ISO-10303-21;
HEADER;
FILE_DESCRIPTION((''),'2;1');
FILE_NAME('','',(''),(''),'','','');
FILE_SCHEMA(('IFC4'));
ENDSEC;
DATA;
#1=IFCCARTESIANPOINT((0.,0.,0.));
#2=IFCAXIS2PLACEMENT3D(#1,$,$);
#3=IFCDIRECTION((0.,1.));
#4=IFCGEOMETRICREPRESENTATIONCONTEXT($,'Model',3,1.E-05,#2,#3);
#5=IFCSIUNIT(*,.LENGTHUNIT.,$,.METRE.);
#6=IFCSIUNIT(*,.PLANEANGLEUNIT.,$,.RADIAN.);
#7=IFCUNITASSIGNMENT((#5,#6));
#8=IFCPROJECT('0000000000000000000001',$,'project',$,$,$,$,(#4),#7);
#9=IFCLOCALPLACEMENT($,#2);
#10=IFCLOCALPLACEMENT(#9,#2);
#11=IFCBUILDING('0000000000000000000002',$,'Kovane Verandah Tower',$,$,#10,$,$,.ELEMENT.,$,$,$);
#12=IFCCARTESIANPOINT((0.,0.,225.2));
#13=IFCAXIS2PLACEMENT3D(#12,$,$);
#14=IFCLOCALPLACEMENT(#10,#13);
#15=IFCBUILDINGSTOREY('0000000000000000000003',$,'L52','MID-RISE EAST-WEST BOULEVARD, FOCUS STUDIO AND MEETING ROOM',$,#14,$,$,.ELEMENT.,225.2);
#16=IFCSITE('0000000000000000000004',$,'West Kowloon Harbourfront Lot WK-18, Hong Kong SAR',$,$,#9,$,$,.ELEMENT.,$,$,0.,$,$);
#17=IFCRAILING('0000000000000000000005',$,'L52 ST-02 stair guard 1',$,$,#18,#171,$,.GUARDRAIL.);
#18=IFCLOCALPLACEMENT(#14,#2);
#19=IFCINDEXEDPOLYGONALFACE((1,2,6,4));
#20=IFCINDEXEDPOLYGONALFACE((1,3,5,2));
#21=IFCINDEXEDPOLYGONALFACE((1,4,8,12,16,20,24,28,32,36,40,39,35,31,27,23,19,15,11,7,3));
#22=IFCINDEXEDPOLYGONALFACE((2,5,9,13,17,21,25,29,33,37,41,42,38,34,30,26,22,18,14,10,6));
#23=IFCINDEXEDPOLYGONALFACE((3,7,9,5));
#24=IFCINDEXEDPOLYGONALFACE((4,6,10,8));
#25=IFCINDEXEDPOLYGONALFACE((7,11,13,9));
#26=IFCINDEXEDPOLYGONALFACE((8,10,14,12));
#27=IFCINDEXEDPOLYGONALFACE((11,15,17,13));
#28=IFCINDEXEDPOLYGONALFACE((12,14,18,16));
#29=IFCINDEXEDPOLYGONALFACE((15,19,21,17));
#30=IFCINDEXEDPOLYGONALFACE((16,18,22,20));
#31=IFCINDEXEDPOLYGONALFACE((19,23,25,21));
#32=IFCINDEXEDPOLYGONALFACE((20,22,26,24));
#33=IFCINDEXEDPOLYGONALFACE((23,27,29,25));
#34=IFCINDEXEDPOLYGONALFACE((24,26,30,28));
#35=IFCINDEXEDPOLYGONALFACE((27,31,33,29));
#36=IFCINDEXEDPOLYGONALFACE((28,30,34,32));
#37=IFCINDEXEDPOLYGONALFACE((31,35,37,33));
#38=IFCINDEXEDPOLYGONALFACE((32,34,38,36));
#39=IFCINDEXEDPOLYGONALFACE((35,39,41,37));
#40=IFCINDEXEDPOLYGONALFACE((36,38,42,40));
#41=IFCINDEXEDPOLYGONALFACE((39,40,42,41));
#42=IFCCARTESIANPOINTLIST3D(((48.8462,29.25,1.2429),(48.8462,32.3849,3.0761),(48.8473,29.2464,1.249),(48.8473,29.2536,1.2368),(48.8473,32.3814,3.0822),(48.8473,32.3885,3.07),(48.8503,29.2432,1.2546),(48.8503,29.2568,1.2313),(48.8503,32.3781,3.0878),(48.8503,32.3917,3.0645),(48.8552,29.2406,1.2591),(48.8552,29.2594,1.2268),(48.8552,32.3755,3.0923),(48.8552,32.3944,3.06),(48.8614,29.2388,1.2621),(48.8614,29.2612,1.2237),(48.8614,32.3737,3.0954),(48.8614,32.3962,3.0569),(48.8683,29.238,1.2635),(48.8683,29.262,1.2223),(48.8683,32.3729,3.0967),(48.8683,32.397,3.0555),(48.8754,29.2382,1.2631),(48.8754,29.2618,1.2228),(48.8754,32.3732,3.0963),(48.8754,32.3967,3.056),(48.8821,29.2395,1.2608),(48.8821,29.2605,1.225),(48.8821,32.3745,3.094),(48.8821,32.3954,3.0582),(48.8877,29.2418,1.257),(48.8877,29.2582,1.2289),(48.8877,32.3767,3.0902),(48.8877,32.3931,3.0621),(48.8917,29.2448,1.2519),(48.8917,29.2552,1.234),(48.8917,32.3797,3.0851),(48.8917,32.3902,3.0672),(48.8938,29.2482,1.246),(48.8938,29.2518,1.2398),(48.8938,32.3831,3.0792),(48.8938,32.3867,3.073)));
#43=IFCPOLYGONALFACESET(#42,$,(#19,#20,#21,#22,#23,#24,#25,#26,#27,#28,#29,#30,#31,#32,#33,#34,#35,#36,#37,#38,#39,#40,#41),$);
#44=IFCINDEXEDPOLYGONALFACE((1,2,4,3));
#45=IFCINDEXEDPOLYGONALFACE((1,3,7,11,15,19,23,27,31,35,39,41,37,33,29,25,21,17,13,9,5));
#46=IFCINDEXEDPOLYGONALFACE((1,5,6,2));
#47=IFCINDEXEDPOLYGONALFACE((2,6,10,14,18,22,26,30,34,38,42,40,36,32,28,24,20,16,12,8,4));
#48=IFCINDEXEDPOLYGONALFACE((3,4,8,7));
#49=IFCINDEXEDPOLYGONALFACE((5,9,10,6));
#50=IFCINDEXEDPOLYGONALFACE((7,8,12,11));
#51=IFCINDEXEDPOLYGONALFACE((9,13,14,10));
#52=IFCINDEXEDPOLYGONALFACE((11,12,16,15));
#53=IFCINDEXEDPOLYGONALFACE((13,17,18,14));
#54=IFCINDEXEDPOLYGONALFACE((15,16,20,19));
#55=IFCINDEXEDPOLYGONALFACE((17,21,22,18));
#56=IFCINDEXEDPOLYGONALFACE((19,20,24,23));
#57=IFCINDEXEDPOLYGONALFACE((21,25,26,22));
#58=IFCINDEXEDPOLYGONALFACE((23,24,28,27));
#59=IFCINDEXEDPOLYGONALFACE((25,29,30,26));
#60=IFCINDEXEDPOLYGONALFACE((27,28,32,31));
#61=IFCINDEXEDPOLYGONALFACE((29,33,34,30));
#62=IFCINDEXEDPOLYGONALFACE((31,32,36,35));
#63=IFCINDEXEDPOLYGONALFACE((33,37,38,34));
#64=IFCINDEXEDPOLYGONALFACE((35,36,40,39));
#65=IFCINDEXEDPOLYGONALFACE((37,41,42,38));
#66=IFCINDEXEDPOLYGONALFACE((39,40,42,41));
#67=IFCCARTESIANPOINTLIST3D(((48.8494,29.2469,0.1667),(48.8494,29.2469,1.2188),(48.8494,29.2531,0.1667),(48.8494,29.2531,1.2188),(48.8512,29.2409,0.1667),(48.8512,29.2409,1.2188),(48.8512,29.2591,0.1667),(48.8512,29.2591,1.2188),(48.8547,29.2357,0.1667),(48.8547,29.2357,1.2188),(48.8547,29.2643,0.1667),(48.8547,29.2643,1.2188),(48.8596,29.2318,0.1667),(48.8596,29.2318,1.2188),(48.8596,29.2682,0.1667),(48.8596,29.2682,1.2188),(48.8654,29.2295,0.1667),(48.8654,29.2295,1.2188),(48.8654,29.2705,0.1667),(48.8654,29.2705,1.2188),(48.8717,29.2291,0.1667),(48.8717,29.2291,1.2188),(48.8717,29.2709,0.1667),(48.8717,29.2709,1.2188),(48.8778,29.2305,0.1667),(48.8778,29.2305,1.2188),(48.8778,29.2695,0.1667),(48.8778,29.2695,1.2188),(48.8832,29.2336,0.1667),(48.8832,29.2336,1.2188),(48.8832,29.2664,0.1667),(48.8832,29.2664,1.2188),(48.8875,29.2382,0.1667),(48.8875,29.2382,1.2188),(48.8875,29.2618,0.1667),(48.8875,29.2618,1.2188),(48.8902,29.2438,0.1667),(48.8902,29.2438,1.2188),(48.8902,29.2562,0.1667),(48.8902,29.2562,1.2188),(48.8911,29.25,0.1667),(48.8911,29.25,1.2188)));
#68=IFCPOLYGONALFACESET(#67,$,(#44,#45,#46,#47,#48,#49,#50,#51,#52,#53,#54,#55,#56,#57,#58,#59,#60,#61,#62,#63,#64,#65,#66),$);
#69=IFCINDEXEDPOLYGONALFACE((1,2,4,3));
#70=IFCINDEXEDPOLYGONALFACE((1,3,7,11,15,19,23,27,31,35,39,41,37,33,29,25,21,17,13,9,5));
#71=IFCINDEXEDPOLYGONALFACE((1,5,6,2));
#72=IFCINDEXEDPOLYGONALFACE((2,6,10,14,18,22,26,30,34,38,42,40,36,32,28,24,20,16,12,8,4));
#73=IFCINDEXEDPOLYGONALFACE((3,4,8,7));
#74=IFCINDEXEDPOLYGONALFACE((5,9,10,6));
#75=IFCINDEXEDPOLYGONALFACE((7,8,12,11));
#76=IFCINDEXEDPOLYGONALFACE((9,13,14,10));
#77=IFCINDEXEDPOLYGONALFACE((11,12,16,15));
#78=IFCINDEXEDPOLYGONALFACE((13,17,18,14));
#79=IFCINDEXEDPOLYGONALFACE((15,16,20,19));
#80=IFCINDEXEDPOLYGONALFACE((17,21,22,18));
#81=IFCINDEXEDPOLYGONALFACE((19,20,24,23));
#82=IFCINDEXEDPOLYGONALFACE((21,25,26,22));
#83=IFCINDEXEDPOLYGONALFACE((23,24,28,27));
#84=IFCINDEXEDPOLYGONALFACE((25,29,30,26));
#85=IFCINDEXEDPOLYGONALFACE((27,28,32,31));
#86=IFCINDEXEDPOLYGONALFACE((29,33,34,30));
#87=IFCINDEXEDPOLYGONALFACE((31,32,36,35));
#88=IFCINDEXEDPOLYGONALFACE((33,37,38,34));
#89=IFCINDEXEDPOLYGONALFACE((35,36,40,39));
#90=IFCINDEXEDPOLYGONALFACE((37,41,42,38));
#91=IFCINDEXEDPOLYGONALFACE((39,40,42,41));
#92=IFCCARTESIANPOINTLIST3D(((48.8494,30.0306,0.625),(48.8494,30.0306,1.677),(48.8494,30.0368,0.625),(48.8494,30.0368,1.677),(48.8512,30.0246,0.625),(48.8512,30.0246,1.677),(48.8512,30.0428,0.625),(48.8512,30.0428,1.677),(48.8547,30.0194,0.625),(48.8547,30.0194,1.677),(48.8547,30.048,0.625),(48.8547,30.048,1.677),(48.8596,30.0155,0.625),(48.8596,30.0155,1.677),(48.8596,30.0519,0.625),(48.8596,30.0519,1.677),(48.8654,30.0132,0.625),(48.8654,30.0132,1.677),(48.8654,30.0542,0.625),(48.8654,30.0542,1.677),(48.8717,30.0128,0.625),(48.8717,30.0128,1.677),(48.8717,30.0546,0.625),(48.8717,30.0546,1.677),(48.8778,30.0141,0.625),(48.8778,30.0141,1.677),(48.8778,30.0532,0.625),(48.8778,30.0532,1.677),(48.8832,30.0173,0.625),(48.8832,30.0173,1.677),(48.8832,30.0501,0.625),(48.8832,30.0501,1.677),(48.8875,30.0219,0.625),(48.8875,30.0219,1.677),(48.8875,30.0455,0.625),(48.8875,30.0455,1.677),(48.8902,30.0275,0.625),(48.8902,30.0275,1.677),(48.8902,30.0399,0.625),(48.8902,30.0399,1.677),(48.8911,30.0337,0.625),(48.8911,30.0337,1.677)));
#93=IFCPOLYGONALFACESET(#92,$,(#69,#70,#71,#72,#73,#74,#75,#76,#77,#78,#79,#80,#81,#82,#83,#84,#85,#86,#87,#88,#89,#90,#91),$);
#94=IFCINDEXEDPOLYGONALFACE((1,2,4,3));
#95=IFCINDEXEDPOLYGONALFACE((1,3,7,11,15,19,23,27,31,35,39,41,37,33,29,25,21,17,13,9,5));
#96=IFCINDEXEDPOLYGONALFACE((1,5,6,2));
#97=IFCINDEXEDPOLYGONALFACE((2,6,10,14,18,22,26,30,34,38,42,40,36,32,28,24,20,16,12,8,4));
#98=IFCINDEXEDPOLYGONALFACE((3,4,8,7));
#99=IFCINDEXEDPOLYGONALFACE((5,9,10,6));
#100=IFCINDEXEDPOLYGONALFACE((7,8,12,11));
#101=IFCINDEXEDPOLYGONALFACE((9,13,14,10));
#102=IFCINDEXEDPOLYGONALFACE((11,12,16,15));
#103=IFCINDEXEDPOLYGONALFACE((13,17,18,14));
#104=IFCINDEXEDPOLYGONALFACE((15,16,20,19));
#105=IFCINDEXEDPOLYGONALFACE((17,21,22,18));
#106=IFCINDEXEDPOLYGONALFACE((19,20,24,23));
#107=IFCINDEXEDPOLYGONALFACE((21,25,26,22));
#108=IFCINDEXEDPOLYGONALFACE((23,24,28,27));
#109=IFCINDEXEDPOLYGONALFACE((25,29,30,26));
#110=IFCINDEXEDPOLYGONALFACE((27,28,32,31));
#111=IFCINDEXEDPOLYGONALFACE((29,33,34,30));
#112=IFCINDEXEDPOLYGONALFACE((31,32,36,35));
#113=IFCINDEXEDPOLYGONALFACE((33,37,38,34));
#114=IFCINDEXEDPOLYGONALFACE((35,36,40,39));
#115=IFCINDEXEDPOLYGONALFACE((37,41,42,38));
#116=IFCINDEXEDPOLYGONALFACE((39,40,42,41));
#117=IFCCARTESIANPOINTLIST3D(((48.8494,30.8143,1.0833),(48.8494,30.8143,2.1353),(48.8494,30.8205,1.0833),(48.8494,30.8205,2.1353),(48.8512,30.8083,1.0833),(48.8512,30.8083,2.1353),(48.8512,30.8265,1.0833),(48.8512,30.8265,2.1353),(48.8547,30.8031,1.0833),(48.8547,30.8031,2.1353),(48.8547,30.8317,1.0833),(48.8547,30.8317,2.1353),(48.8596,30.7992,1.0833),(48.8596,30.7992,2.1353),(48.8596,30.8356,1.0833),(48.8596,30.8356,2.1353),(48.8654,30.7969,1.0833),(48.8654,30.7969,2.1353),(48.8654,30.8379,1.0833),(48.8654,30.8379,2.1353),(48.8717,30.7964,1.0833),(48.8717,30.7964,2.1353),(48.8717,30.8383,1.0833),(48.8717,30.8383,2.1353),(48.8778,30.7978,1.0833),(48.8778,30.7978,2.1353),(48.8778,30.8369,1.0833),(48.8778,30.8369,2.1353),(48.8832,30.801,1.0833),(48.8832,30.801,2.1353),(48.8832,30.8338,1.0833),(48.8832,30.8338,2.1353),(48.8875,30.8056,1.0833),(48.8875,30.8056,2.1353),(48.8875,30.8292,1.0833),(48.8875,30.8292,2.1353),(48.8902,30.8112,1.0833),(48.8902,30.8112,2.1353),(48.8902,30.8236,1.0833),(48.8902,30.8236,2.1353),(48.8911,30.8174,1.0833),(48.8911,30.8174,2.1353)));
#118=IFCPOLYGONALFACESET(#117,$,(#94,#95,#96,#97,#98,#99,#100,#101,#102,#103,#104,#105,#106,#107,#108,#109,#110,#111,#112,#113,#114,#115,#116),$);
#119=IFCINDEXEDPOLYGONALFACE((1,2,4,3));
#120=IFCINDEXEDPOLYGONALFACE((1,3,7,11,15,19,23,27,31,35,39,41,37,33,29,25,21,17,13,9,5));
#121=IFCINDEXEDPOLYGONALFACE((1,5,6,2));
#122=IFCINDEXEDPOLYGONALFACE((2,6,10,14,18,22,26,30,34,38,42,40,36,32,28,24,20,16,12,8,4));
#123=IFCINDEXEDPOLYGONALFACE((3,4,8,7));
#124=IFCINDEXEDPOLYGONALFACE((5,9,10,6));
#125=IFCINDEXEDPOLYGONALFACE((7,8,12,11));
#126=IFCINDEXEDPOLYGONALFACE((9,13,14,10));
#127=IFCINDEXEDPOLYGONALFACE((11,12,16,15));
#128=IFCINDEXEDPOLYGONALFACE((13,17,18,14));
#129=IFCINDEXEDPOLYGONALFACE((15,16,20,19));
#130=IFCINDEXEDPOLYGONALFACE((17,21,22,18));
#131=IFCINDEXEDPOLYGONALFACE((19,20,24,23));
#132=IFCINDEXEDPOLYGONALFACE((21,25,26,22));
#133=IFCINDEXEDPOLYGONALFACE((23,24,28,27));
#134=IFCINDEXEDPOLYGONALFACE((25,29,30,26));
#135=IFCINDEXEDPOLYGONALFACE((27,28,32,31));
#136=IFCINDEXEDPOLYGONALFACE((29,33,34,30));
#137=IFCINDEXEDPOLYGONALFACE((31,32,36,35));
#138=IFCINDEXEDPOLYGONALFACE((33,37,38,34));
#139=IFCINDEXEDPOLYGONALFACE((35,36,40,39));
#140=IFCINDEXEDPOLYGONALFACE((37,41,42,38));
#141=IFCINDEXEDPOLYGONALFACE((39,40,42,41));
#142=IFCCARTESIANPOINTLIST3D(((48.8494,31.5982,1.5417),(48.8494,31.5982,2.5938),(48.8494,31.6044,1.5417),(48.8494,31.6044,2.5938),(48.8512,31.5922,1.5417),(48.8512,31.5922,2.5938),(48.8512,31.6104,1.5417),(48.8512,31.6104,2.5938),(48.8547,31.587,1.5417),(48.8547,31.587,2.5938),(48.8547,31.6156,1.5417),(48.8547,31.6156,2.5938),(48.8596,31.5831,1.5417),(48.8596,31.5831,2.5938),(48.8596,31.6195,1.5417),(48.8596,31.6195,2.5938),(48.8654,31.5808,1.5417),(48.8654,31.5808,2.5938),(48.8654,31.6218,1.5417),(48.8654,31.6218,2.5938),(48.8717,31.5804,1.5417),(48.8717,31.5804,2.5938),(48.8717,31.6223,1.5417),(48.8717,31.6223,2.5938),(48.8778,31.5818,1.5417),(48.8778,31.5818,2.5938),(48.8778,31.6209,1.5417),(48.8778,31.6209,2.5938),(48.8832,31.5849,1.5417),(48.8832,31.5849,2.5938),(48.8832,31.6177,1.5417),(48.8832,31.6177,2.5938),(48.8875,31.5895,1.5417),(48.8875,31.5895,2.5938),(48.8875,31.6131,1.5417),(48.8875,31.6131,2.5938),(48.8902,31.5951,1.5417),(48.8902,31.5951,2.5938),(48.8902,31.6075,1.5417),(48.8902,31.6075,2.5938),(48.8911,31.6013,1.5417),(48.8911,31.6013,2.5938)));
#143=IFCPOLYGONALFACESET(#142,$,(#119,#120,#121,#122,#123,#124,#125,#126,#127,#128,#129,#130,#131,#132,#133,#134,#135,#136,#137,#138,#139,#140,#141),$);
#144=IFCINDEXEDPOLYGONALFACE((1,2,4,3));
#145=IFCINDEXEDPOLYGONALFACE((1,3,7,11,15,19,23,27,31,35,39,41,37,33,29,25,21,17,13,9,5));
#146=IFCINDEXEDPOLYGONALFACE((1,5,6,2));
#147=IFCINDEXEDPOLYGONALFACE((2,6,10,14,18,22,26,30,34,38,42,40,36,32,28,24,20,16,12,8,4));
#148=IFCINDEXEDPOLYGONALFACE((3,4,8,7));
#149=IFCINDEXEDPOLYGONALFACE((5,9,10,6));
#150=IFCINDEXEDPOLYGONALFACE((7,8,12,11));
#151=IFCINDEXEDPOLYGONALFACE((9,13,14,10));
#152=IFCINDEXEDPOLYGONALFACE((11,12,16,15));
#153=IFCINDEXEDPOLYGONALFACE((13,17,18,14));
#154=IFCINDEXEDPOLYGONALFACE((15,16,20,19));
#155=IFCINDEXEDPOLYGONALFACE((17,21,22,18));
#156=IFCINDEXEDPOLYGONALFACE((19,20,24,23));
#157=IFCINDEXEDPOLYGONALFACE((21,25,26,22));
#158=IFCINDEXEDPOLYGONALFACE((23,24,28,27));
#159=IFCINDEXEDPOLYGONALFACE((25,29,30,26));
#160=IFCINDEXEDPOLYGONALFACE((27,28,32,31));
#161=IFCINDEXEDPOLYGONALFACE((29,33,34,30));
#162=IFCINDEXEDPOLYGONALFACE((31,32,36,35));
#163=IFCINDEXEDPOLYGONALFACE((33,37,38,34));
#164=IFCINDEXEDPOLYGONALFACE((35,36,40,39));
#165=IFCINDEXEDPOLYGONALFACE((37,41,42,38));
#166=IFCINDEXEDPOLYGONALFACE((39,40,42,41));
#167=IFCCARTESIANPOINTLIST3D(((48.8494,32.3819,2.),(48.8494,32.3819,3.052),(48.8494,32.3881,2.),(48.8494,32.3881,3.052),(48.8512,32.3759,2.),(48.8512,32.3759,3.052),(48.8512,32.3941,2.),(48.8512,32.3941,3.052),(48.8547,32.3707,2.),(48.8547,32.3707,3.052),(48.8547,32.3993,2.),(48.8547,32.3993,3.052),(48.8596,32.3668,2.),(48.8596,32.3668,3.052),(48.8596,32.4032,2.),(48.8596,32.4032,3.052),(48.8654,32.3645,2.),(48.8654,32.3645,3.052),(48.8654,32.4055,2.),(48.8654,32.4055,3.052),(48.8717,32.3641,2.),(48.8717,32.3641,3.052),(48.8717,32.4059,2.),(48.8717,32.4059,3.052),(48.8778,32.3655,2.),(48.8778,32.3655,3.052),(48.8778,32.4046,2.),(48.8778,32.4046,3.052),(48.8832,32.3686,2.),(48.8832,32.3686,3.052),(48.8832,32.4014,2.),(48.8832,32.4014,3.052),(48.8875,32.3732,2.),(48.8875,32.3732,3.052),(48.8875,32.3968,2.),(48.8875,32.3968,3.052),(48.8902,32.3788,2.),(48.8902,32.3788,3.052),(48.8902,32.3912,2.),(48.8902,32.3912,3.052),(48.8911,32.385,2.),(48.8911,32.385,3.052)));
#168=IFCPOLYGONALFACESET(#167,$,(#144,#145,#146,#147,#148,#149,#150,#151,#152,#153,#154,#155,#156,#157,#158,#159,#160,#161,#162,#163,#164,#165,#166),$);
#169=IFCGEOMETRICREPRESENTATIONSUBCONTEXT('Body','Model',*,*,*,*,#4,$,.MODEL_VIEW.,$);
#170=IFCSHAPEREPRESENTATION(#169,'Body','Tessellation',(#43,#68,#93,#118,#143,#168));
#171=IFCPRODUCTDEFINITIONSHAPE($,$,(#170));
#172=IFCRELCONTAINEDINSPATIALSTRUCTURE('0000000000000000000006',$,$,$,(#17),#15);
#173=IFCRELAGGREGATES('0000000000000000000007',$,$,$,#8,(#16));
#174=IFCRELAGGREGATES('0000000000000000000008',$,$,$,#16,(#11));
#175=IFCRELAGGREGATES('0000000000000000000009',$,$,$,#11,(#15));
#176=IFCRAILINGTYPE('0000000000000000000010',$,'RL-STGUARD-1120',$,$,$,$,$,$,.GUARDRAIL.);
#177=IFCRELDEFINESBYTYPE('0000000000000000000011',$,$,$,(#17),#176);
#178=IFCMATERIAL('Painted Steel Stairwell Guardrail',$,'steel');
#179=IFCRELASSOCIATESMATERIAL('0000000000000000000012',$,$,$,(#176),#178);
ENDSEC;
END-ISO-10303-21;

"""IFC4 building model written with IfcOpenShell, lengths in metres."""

from ifc_helpers import new_model, si_unit, direction, frame, origin, origin_2d, place, context, subcontext, project, spatial, circle, extrude, material, type_object, element, save


model = new_model("IFC4")

# Units and contexts
model_context = context("Model", 3, precision=1e-05, world=origin(), true_north=direction((0.0, 1.0)))
body_context = subcontext(model_context, "Body", "Model", "MODEL_VIEW")
ifc_project = project(units=[si_unit("LENGTHUNIT", "METRE"), si_unit("PLANEANGLEUNIT", "RADIAN")], contexts=[model_context])

# Site, building, storey
site_placement = place(None, origin())
site = spatial("IfcSite", under=ifc_project, at=site_placement, Name="West Kowloon Harbourfront Lot WK-18, Hong Kong SAR", CompositionType="ELEMENT", RefElevation=0.0)
building_placement = place(site_placement, origin())
building = spatial("IfcBuilding", under=site, at=building_placement, Name="Kovane Verandah Tower", CompositionType="ELEMENT")
storey_placement = place(building_placement, frame((0.0, 0.0, 225.2)))
storey = spatial("IfcBuildingStorey", under=building, at=storey_placement, Name="L52", Description="MID-RISE EAST-WEST BOULEVARD, FOCUS STUDIO AND MEETING ROOM", CompositionType="ELEMENT", Elevation=225.2)

# Railing
ifc_material_1 = material(Name="Painted Steel Stairwell Guardrail", Category="steel")
railing_type_1 = type_object("IfcRailingType", Name="RL-STGUARD-1120", PredefinedType="GUARDRAIL", material=ifc_material_1)
railing_1_placement = place(storey_placement, frame((48.8701, 29.25, 0.1667)))
element("IfcRailing", 1, at=railing_1_placement, inside=storey, type_object=railing_type_1, Name="L52 ST-02 stair guard 1", PredefinedType="GUARDRAIL", context=body_context, shape_type="SweptSolid", body=[
    extrude(circle(Radius=0.0239, at=origin_2d()), frame((0.0, 0.0, 1.0762), z_axis=(0.0, 0.86324, 0.504794), x_axis=(-1.0, 0.0, 0.0)), (0.0, 0.0, 1.0), 3.6316),
    extrude(circle(Radius=0.021, at=origin_2d()), origin(), (0.0, 0.0, 1.0), 1.052),
    extrude(circle(Radius=0.021, at=origin_2d()), frame((0.0, 0.7837, 0.4583)), (0.0, 0.0, 1.0), 1.052),
    extrude(circle(Radius=0.021, at=origin_2d()), frame((0.0, 1.5674, 0.9165)), (0.0, 0.0, 1.0), 1.052),
    extrude(circle(Radius=0.021, at=origin_2d()), frame((0.0, 2.3513, 1.375)), (0.0, 0.0, 1.0), 1.052),
    extrude(circle(Radius=0.021, at=origin_2d()), frame((0.0, 3.135, 1.8333)), (0.0, 0.0, 1.0), 1.052),
])

save(model, "model.ifc")
